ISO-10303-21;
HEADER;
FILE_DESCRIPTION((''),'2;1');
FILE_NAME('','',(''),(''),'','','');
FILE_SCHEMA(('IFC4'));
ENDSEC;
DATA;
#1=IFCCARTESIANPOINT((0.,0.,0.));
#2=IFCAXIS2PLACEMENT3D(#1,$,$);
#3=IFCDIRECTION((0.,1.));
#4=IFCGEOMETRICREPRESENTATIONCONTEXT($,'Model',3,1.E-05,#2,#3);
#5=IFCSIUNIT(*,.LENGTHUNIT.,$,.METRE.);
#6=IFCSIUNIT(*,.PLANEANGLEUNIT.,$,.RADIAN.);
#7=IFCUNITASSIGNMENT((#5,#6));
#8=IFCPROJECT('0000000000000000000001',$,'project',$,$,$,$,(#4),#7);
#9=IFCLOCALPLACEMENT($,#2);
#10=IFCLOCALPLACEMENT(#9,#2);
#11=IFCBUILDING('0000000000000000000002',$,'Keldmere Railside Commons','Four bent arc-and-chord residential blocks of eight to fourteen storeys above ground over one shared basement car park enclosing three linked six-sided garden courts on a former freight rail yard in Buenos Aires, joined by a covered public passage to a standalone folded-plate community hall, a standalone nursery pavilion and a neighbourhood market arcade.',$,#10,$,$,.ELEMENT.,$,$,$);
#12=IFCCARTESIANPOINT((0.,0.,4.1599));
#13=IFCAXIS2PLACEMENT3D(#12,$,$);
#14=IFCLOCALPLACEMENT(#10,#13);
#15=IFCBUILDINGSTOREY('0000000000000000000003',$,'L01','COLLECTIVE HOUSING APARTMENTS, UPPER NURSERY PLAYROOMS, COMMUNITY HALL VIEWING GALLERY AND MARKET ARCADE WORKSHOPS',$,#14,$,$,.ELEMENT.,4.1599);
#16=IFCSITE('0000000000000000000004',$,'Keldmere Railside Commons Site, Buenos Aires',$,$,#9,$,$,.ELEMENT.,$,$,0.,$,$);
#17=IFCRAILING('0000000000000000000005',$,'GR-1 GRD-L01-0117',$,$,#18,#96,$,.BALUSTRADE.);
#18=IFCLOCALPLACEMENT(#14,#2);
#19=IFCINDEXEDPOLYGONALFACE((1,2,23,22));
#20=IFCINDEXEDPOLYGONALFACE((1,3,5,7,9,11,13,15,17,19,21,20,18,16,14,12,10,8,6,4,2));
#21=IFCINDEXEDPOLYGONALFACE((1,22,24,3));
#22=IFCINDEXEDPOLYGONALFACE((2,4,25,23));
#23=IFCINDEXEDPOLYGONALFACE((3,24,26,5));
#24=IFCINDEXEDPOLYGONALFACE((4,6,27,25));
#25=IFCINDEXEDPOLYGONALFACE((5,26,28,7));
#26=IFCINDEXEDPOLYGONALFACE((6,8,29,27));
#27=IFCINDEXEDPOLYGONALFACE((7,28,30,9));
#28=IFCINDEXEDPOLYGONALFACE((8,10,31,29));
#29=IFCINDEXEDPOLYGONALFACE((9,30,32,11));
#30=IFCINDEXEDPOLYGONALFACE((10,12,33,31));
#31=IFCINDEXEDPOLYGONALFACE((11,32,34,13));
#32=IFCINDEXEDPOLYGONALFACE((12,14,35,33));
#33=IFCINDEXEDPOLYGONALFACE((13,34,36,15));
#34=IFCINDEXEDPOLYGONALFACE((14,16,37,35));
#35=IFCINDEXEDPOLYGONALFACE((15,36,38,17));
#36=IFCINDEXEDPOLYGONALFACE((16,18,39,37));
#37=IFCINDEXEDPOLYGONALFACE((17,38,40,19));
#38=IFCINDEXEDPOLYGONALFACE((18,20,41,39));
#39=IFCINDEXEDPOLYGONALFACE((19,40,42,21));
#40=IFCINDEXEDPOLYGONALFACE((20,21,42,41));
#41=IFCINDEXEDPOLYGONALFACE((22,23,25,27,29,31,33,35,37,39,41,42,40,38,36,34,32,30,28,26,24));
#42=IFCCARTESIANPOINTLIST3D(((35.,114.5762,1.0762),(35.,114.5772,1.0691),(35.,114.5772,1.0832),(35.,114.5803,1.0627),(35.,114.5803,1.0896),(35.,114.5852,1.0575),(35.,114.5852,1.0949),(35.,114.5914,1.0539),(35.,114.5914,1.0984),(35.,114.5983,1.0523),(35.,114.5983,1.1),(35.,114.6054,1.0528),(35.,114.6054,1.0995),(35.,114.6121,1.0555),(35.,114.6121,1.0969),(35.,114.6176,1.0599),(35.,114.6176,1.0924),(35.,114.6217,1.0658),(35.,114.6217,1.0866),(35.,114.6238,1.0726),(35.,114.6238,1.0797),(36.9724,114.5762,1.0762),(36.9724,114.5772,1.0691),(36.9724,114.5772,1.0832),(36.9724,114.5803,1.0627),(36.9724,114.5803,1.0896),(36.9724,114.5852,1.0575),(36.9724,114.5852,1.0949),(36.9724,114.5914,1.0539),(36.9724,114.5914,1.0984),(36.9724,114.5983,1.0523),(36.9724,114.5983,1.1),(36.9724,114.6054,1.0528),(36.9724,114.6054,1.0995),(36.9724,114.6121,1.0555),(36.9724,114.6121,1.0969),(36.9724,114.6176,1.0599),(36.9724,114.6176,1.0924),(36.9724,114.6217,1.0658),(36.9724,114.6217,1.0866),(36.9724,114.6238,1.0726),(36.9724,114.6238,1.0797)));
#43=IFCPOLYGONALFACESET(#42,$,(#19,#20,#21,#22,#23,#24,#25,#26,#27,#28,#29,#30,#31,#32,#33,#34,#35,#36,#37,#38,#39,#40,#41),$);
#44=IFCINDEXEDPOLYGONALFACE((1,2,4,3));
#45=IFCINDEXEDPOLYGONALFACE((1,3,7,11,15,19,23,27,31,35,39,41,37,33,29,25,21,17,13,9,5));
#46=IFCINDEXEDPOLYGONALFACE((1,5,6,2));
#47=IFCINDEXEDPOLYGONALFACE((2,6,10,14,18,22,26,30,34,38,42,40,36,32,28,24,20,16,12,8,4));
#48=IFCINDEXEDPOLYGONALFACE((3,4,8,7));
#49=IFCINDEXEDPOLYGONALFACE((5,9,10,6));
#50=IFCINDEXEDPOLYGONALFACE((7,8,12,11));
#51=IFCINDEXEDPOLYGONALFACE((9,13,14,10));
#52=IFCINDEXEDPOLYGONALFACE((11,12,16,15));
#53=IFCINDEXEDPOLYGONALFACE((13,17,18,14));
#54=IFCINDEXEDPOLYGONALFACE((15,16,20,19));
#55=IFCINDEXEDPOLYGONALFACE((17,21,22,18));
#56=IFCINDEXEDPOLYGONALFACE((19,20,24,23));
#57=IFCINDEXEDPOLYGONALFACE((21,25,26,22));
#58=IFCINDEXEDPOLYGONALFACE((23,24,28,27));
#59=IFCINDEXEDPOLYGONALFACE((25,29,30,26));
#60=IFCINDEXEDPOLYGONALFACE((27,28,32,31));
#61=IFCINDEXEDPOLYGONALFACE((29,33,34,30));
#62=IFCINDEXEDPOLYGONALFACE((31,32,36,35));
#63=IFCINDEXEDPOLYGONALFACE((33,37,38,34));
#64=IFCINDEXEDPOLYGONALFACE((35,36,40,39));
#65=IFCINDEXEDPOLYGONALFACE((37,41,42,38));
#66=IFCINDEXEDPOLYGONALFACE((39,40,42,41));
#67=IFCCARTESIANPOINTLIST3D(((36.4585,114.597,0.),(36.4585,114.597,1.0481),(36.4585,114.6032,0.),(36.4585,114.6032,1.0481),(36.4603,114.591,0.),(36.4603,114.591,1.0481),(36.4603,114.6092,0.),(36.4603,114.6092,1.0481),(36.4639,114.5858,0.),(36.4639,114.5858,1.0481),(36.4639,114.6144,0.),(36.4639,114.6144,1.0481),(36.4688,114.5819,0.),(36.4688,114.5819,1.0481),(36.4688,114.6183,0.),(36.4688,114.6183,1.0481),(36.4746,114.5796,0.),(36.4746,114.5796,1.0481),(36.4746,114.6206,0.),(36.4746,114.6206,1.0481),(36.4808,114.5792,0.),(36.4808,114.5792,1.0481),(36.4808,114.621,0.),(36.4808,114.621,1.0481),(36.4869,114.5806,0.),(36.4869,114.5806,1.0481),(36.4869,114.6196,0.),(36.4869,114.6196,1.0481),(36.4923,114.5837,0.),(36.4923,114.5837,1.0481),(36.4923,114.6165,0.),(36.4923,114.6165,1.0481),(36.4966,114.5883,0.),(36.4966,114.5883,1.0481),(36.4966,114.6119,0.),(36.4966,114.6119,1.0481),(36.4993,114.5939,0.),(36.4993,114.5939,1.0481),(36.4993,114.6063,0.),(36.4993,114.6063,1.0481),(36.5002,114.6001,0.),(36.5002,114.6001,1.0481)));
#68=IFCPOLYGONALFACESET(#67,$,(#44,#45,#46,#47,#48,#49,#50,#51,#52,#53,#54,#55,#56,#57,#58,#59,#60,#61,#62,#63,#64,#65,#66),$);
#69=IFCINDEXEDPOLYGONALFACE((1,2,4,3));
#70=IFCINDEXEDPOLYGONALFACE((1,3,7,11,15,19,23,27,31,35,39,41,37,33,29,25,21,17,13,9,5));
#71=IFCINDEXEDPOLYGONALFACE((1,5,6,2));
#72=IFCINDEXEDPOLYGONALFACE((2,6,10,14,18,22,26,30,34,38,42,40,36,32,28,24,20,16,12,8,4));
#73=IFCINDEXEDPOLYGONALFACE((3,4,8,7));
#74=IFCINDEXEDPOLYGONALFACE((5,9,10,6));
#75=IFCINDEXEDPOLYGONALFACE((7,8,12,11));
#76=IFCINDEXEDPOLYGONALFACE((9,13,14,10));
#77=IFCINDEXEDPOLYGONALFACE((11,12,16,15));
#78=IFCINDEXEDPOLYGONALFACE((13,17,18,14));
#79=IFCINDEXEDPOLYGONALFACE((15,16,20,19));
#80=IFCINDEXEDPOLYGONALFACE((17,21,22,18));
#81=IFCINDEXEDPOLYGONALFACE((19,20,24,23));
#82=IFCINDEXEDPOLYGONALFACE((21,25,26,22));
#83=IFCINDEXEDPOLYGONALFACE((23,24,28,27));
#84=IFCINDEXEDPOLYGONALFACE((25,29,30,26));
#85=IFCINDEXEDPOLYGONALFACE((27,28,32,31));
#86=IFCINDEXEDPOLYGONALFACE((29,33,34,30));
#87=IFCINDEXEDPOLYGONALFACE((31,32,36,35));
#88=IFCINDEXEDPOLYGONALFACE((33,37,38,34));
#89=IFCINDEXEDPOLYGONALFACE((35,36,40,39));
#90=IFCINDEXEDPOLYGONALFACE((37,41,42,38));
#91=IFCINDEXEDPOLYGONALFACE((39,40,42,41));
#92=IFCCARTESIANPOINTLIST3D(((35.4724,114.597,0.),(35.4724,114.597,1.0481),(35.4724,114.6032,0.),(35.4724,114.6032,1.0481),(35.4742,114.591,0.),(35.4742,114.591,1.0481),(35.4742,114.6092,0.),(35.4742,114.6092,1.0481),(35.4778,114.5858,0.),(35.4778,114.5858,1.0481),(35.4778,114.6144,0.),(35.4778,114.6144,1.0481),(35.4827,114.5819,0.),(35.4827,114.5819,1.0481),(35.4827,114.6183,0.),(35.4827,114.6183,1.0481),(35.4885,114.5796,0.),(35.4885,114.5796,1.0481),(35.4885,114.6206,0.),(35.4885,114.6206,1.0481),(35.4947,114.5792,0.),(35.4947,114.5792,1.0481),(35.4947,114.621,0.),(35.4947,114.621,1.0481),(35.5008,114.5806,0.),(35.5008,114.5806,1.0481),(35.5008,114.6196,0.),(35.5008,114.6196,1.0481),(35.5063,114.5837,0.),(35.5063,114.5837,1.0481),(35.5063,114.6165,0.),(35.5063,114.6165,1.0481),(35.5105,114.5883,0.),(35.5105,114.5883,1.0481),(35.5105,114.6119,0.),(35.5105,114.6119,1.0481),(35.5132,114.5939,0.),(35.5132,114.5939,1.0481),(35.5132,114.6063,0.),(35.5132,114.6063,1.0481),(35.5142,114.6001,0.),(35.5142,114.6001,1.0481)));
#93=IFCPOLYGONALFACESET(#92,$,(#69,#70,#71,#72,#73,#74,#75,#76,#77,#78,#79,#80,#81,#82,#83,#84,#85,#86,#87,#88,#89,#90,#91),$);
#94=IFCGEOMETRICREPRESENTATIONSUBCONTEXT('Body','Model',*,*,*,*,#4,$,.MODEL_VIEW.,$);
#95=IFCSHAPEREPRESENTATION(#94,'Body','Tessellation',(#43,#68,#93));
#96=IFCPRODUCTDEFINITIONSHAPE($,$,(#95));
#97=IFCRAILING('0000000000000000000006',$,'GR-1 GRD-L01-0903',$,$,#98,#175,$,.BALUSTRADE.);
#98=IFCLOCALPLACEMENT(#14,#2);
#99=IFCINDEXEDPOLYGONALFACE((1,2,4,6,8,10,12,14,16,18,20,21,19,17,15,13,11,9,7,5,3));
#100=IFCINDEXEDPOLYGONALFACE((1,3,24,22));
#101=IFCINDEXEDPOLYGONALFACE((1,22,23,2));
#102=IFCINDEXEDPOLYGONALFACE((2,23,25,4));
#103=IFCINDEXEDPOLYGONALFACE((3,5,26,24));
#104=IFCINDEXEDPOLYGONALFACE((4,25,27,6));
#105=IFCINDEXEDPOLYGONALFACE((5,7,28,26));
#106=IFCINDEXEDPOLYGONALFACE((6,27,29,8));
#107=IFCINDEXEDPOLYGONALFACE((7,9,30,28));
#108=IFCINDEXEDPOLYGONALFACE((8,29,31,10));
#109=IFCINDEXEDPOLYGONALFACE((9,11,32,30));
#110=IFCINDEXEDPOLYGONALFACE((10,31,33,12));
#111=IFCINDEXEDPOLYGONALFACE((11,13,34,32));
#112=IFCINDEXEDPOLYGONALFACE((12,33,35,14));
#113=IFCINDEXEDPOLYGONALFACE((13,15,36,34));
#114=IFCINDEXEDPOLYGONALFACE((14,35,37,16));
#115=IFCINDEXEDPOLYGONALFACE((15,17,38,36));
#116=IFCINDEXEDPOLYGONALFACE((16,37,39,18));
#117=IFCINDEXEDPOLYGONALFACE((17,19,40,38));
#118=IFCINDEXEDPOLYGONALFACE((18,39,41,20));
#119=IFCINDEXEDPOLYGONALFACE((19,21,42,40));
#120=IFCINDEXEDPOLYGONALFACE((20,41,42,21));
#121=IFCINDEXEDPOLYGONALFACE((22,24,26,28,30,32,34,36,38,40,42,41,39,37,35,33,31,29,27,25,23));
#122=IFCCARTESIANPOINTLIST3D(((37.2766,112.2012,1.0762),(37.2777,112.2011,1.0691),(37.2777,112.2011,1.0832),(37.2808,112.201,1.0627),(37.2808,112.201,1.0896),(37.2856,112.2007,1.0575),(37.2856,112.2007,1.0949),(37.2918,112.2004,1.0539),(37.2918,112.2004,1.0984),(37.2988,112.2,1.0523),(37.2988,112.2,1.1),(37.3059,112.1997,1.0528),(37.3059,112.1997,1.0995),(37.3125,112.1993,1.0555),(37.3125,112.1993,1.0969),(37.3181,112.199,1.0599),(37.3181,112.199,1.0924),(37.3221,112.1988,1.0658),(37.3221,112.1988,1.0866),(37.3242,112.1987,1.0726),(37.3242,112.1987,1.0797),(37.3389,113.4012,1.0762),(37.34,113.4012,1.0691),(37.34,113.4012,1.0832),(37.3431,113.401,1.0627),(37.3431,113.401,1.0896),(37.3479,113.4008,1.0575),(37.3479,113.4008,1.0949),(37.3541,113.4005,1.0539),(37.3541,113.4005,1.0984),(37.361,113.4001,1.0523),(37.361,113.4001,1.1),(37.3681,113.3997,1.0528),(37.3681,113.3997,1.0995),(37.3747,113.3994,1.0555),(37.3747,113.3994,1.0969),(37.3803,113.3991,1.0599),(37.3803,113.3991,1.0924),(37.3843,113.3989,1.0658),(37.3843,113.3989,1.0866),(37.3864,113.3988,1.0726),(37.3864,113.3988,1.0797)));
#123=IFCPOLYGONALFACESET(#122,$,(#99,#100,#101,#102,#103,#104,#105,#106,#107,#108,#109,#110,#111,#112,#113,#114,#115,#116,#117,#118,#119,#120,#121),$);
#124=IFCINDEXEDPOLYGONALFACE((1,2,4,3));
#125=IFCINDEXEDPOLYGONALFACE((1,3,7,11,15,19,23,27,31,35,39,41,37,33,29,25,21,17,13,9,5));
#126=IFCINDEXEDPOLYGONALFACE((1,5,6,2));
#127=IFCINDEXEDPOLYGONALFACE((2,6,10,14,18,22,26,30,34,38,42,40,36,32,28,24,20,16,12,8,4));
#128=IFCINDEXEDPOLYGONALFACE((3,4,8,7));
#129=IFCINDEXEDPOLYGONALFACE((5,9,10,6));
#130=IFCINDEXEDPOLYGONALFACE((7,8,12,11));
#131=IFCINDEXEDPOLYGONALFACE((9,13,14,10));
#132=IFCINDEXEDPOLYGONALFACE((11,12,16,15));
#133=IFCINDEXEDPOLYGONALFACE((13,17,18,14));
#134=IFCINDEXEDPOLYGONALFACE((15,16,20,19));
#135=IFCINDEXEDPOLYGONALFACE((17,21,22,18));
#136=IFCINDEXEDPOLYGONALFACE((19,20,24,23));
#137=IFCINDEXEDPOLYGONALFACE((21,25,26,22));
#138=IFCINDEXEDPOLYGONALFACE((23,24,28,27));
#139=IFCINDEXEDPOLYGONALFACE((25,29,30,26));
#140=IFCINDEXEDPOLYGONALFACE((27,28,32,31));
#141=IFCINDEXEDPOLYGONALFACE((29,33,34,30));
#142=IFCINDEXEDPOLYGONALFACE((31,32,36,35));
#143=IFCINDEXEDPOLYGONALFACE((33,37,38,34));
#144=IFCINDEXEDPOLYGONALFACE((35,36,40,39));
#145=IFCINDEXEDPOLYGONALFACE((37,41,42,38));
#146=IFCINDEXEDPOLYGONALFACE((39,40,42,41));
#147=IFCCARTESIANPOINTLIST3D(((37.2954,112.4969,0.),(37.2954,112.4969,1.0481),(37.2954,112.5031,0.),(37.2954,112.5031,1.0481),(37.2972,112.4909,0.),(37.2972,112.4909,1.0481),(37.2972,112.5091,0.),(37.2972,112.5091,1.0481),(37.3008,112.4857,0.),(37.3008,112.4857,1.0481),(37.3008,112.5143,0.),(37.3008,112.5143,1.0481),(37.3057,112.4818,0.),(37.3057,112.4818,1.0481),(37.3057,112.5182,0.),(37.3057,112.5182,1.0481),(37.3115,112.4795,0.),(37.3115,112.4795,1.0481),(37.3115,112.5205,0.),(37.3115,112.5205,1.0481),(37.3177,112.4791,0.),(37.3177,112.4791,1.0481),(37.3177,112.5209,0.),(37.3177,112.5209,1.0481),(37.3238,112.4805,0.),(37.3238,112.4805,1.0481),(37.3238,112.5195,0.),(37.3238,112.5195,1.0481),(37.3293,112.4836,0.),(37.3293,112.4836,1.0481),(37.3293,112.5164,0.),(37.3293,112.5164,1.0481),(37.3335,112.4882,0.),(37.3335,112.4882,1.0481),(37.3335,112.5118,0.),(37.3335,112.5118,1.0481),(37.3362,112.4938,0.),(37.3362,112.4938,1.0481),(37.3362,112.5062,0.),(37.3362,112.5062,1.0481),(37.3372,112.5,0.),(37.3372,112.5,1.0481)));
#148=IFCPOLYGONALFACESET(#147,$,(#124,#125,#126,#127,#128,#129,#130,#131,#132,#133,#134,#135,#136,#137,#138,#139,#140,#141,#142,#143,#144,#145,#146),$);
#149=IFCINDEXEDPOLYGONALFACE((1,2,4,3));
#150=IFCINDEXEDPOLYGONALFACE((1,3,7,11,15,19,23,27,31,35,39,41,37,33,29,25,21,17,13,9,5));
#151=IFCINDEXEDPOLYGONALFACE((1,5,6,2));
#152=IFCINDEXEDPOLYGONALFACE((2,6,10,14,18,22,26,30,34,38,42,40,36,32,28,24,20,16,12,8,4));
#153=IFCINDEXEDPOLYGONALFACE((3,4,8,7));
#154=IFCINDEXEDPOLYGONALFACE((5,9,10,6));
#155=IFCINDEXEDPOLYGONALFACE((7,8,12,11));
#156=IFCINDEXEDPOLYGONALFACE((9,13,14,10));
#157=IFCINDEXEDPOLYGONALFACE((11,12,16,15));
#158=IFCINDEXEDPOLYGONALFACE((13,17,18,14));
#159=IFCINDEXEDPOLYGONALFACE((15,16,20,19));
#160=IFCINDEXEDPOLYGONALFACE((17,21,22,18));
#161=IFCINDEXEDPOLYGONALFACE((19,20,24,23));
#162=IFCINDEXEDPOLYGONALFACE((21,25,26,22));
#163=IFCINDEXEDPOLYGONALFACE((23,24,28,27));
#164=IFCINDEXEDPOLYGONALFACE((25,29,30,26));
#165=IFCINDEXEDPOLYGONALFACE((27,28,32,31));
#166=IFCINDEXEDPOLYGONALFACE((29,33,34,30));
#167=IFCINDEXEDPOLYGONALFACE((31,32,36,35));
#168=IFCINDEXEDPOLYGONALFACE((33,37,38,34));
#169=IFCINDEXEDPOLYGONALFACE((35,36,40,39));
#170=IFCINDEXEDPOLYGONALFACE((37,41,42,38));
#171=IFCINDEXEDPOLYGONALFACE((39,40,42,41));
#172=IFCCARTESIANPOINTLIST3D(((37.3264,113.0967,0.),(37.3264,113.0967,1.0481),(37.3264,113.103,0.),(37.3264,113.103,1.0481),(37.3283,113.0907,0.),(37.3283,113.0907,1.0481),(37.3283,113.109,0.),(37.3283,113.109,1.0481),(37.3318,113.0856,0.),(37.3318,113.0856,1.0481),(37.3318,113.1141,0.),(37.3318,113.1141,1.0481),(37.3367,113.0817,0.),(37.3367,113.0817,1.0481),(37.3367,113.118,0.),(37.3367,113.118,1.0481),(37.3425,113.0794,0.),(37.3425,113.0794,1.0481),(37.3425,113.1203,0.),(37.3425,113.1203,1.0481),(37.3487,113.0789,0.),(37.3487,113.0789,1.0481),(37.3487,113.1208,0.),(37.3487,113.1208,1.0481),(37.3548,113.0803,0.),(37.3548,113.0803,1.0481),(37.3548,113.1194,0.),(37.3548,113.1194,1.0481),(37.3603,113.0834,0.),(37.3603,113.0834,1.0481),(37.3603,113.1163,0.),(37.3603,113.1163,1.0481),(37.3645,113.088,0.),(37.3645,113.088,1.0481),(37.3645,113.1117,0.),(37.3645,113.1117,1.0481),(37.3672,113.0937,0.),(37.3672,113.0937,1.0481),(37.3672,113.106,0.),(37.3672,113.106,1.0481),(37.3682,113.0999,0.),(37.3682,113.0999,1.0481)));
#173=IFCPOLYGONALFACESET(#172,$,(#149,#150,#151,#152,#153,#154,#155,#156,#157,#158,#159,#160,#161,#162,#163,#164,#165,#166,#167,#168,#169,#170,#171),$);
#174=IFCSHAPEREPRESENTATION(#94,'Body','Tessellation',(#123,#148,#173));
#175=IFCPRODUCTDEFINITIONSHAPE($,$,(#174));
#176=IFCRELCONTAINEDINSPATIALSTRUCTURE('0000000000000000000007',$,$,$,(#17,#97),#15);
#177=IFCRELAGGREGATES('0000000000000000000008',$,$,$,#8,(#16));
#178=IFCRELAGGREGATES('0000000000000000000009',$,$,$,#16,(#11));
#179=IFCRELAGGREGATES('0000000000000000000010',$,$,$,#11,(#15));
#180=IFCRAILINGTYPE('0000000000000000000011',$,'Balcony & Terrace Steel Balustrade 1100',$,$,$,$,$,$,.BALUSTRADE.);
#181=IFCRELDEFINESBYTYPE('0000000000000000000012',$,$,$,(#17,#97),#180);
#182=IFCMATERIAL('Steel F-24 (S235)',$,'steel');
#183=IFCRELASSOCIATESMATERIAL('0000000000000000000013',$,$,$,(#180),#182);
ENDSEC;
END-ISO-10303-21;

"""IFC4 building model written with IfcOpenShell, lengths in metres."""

from ifc_helpers import new_model, si_unit, direction, frame, origin, origin_2d, place, context, subcontext, project, spatial, circle, extrude, material, type_object, element, save


model = new_model("IFC4")

# Units and contexts
model_context = context("Model", 3, precision=1e-05, world=origin(), true_north=direction((0.0, 1.0)))
body_context = subcontext(model_context, "Body", "Model", "MODEL_VIEW")
ifc_project = project(units=[si_unit("LENGTHUNIT", "METRE"), si_unit("PLANEANGLEUNIT", "RADIAN")], contexts=[model_context])

# Site, building, storey
site_placement = place(None, origin())
site = spatial("IfcSite", under=ifc_project, at=site_placement, Name="Keldmere Railside Commons Site, Buenos Aires", CompositionType="ELEMENT", RefElevation=0.0)
building_placement = place(site_placement, origin())
building = spatial("IfcBuilding", under=site, at=building_placement, Name="Keldmere Railside Commons", Description="Four bent arc-and-chord residential blocks of eight to fourteen storeys above ground over one shared basement car park enclosing three linked six-sided garden courts on a former freight rail yard in Buenos Aires, joined by a covered public passage to a standalone folded-plate community hall, a standalone nursery pavilion and a neighbourhood market arcade.", CompositionType="ELEMENT")
storey_placement = place(building_placement, frame((0.0, 0.0, 4.1599)))
storey = spatial("IfcBuildingStorey", under=building, at=storey_placement, Name="L01", Description="COLLECTIVE HOUSING APARTMENTS, UPPER NURSERY PLAYROOMS, COMMUNITY HALL VIEWING GALLERY AND MARKET ARCADE WORKSHOPS", CompositionType="ELEMENT", Elevation=4.1599)

# Railings
ifc_material_1 = material(Name="Steel F-24 (S235)", Category="steel")
railing_type = type_object("IfcRailingType", Name="Balcony & Terrace Steel Balustrade 1100", PredefinedType="BALUSTRADE", material=ifc_material_1)
railing_1_placement = place(storey_placement, frame((36.9724, 114.6001, 0.0)))
element("IfcRailing", 1, at=railing_1_placement, inside=storey, type_object=railing_type, Name="GR-1 GRD-L01-0117", PredefinedType="BALUSTRADE", context=body_context, shape_type="SweptSolid", body=[
    extrude(circle(Radius=0.0239, at=origin_2d()), frame((0.0, 0.0, 1.0762), z_axis=(-1.0, 0.0, 0.0), x_axis=(0.0, -1.0, 0.0)), (0.0, 0.0, 1.0), 1.9724),
    extrude(circle(Radius=0.021, at=origin_2d()), frame((-0.4932, 0.0, 0.0)), (0.0, 0.0, 1.0), 1.0481),
    extrude(circle(Radius=0.021, at=origin_2d()), frame((-1.4792, 0.0, 0.0)), (0.0, 0.0, 1.0), 1.0481),
])
railing_2_placement = place(storey_placement, frame((37.3005, 112.2, 0.0)))
element("IfcRailing", 2, at=railing_2_placement, inside=storey, type_object=railing_type, Name="GR-1 GRD-L01-0903", PredefinedType="BALUSTRADE", context=body_context, shape_type="SweptSolid", body=[
    extrude(circle(Radius=0.0239, at=origin_2d()), frame((0.0, 0.0, 1.0762), z_axis=(0.051812, 0.998657, 0.0), x_axis=(-0.998657, 0.051812, 0.0)), (0.0, 0.0, 1.0), 1.2017),
    extrude(circle(Radius=0.021, at=origin_2d()), frame((0.0156, 0.3, 0.0)), (0.0, 0.0, 1.0), 1.0481),
    extrude(circle(Radius=0.021, at=origin_2d()), frame((0.0466, 0.8999, 0.0)), (0.0, 0.0, 1.0), 1.0481),
])

save(model, "model.ifc")
